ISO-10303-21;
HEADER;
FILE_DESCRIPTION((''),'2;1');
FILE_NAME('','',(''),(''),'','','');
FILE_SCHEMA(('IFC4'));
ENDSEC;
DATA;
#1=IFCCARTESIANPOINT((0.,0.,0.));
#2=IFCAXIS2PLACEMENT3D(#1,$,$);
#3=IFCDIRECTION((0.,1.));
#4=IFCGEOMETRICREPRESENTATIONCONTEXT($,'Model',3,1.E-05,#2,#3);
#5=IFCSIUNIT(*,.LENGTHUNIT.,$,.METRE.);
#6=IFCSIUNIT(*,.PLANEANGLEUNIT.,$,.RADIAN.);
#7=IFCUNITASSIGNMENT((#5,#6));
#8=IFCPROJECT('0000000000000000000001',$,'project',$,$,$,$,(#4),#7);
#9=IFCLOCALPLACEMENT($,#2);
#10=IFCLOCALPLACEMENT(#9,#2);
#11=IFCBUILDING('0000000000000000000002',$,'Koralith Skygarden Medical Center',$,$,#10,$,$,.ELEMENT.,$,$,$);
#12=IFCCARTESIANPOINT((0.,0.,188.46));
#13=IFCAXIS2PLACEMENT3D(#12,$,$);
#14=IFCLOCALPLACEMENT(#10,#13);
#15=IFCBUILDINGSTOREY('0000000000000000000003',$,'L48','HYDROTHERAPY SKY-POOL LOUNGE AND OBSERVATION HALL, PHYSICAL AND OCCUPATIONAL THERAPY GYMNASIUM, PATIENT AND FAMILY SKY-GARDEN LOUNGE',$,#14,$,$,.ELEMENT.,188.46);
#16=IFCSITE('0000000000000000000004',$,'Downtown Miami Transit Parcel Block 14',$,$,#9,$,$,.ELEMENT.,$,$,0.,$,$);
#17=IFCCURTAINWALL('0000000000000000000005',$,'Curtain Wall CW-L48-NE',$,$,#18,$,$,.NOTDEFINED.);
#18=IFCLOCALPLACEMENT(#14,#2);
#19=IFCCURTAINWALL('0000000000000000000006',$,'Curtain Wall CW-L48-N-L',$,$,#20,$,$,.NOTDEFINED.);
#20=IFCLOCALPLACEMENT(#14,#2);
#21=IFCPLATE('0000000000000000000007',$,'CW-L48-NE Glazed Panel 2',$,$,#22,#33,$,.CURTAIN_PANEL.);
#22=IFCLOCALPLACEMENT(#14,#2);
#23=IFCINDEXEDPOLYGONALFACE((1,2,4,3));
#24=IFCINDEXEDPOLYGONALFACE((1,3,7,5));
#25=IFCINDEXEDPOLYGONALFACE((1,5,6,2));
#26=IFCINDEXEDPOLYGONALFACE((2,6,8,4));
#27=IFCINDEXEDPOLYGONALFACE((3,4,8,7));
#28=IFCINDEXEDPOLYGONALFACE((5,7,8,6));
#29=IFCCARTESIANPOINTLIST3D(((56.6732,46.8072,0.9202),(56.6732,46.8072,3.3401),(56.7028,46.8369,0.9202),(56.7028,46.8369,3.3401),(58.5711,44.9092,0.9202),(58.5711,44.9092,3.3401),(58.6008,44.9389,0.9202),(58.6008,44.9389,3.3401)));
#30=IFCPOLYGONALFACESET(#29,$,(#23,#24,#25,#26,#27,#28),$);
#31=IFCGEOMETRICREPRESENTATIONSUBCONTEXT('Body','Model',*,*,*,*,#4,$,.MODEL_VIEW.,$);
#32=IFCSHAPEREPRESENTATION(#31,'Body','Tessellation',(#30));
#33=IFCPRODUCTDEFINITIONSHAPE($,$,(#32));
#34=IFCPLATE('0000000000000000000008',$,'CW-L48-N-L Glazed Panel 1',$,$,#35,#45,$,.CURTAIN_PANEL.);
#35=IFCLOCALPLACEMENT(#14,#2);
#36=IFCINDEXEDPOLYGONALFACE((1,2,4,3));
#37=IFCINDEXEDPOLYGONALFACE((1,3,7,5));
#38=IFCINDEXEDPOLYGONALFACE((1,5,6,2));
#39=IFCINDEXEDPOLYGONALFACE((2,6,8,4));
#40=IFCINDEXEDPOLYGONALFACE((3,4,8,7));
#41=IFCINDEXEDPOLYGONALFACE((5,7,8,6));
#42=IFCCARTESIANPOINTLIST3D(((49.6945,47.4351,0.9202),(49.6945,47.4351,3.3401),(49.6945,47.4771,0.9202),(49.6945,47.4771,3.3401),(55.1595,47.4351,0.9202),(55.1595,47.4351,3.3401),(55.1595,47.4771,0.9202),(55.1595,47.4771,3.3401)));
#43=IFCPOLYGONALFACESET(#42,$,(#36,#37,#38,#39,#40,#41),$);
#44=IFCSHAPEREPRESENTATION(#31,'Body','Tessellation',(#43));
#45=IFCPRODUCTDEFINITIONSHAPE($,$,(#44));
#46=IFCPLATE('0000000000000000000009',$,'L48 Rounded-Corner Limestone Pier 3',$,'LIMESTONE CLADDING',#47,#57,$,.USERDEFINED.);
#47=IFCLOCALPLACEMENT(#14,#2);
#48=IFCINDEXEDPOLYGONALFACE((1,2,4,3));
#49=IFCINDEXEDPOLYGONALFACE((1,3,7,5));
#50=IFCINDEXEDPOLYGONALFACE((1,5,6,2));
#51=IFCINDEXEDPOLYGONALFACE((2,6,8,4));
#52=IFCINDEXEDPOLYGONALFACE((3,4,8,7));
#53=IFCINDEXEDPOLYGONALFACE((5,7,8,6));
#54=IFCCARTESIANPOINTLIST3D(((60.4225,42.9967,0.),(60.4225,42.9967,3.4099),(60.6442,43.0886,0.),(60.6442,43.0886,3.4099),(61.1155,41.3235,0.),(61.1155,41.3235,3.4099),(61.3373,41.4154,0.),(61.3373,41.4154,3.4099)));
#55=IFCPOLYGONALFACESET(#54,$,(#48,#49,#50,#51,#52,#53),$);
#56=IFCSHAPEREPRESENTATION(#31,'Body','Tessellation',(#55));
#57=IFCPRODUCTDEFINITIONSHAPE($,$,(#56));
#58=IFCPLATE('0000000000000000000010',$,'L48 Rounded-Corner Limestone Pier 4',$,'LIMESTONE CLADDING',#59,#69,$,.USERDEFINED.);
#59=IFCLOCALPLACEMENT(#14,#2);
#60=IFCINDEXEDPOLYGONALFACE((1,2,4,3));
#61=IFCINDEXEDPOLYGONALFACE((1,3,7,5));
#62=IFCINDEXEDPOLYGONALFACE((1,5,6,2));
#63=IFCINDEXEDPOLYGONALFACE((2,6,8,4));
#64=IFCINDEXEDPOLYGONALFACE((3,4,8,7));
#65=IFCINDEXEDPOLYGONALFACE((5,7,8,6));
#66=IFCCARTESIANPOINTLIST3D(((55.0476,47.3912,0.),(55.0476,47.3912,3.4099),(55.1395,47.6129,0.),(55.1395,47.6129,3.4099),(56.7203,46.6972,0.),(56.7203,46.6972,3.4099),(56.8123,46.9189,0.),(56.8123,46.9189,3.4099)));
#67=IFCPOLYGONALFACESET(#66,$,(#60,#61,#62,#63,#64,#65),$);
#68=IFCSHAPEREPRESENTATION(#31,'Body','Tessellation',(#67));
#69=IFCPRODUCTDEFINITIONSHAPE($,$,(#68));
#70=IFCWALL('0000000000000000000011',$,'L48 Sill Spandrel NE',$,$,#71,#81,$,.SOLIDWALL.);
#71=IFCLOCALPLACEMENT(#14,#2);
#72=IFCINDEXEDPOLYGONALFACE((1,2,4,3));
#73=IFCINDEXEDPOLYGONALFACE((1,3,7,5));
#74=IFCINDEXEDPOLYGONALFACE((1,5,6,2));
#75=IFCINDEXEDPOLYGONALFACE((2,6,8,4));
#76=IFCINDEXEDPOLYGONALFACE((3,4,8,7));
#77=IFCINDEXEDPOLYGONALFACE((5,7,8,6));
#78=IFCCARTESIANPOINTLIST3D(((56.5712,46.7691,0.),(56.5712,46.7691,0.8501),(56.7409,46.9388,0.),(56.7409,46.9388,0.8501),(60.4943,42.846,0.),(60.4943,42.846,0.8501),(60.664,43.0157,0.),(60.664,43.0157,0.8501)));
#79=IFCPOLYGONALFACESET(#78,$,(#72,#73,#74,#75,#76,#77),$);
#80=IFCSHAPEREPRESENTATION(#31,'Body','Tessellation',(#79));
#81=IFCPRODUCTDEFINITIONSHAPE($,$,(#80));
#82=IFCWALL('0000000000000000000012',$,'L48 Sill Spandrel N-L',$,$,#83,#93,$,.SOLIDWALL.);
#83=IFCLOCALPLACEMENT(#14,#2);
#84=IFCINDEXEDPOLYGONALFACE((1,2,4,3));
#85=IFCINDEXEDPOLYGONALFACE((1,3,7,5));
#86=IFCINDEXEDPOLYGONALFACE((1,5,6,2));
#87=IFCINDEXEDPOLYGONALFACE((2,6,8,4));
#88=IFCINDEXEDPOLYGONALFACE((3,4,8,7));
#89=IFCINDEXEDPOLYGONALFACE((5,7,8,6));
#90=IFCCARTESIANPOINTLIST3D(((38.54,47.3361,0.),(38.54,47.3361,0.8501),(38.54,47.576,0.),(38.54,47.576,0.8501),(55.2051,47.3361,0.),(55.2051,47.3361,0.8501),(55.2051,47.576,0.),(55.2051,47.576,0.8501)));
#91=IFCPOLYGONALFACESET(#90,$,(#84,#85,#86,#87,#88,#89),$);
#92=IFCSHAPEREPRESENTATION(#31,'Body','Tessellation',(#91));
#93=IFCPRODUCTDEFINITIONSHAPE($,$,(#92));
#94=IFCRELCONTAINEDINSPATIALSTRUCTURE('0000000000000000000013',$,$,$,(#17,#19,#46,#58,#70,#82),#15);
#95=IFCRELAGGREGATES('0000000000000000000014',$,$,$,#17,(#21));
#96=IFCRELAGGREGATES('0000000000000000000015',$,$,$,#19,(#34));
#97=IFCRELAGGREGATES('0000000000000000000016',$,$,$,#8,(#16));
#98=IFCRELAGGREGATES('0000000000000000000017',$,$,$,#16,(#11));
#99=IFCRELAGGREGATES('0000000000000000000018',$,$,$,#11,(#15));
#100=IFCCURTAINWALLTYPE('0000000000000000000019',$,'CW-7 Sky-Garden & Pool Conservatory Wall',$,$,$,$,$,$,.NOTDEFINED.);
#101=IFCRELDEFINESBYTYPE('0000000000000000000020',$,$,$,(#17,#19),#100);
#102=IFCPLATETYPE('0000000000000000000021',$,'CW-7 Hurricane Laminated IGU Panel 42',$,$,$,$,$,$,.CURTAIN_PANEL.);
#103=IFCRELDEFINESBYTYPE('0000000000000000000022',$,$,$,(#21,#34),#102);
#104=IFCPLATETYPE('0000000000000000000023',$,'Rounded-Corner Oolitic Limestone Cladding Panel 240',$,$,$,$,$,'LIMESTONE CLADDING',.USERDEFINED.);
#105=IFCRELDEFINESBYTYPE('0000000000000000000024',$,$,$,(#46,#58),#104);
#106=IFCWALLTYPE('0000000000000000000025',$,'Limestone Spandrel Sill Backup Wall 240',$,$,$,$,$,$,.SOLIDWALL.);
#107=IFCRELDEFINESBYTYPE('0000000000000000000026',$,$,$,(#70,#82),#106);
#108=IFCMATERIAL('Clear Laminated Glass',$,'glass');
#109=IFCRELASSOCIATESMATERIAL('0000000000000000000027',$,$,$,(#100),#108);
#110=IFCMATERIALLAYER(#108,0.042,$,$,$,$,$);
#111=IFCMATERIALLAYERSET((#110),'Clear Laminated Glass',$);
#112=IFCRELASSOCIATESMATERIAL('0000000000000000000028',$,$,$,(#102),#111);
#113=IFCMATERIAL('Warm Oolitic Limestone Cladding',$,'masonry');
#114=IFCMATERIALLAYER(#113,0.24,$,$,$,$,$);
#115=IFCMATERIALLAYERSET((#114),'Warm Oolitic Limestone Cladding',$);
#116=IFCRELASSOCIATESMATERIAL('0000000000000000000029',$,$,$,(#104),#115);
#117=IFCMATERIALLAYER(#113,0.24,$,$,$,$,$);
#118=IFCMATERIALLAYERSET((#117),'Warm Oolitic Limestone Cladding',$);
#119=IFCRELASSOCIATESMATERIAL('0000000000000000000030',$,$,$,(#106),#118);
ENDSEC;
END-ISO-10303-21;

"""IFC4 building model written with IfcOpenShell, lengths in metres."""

from ifc_helpers import new_model, si_unit, direction, frame, frame_2d, origin, origin_2d, place, context, subcontext, project, spatial, rectangle, extrude, material, layer, layer_set, type_object, element, aggregate, save


model = new_model("IFC4")

# Units and contexts
model_context = context("Model", 3, precision=1e-05, world=origin(), true_north=direction((0.0, 1.0)))
body_context = subcontext(model_context, "Body", "Model", "MODEL_VIEW")
ifc_project = project(units=[si_unit("LENGTHUNIT", "METRE"), si_unit("PLANEANGLEUNIT", "RADIAN")], contexts=[model_context])

# Site, building, storey
site_placement = place(None, origin())
site = spatial("IfcSite", under=ifc_project, at=site_placement, Name="Downtown Miami Transit Parcel Block 14", CompositionType="ELEMENT", RefElevation=0.0)
building_placement = place(site_placement, origin())
building = spatial("IfcBuilding", under=site, at=building_placement, Name="Koralith Skygarden Medical Center", CompositionType="ELEMENT")
storey_placement = place(building_placement, frame((0.0, 0.0, 188.46)))
storey = spatial("IfcBuildingStorey", under=building, at=storey_placement, Name="L48", Description="HYDROTHERAPY SKY-POOL LOUNGE AND OBSERVATION HALL, PHYSICAL AND OCCUPATIONAL THERAPY GYMNASIUM, PATIENT AND FAMILY SKY-GARDEN LOUNGE", CompositionType="ELEMENT", Elevation=188.46)

# Curtain walls
ifc_material_1 = material(Name="Clear Laminated Glass", Category="glass")
curtain_wall_type = type_object("IfcCurtainWallType", Name="CW-7 Sky-Garden & Pool Conservatory Wall", PredefinedType="NOTDEFINED", material=ifc_material_1)
curtain_wall_1_placement = place(storey_placement, origin())
curtain_wall_1 = element("IfcCurtainWall", 1, at=curtain_wall_1_placement, inside=storey, type_object=curtain_wall_type, Name="Curtain Wall CW-L48-NE", PredefinedType="NOTDEFINED")
curtain_wall_2_placement = place(storey_placement, origin())
curtain_wall_2 = element("IfcCurtainWall", 2, at=curtain_wall_2_placement, inside=storey, type_object=curtain_wall_type, Name="Curtain Wall CW-L48-N-L", PredefinedType="NOTDEFINED")

# Plates
ifc_layer_1 = layer(ifc_material_1, 0.042)
ifc_layer_set_1 = layer_set([ifc_layer_1], Name="Clear Laminated Glass")
plate_type_1 = type_object("IfcPlateType", Name="CW-7 Hurricane Laminated IGU Panel 42", PredefinedType="CURTAIN_PANEL", material=ifc_layer_set_1)
plate_1_placement = place(storey_placement, frame((57.637, 45.873, 0.9202), z_axis=(0.0, 0.0, 1.0), x_axis=(-0.707107, 0.707107, 0.0)))
plate_1 = element("IfcPlate", 3, at=plate_1_placement, type_object=plate_type_1, Name="CW-L48-NE Glazed Panel 2", PredefinedType="CURTAIN_PANEL", context=body_context, shape_type="SweptSolid", body=[
    extrude(rectangle(XDim=2.6841, YDim=0.042, at=origin_2d()), origin(), (0.0, 0.0, 1.0), 2.4199),
])
aggregate(curtain_wall_1, [plate_1])
plate_2_placement = place(storey_placement, frame((52.427, 47.4561, 0.9202), z_axis=(0.0, 0.0, 1.0), x_axis=(-1.0, 0.0, 0.0)))
plate_2 = element("IfcPlate", 4, at=plate_2_placement, type_object=plate_type_1, Name="CW-L48-N-L Glazed Panel 1", PredefinedType="CURTAIN_PANEL", context=body_context, shape_type="SweptSolid", body=[
    extrude(rectangle(XDim=5.4651, YDim=0.042, at=origin_2d()), origin(), (0.0, 0.0, 1.0), 2.4199),
])
aggregate(curtain_wall_2, [plate_2])

# Plates
ifc_material_2 = material(Name="Warm Oolitic Limestone Cladding", Category="masonry")
ifc_layer_2 = layer(ifc_material_2, 0.24)
ifc_layer_set_2 = layer_set([ifc_layer_2], Name="Warm Oolitic Limestone Cladding")
plate_type_2 = type_object("IfcPlateType", Name="Rounded-Corner Oolitic Limestone Cladding Panel 240", ElementType="LIMESTONE CLADDING", PredefinedType="USERDEFINED", material=ifc_layer_set_2)
for number, where, z_axis, x_axis, name in (
    (5, (60.8799, 42.2061, 0.0), (0.0, 0.0, 1.0), (-0.382671, 0.923885, 0.0), "L48 Rounded-Corner Limestone Pier 3"),
    (6, (55.9299, 47.155, 0.0), (0.0, 0.0, 1.0), (-0.92366, 0.383214, 0.0), "L48 Rounded-Corner Limestone Pier 4"),
):
    element("IfcPlate", number, at=place(storey_placement, frame(where, z_axis=z_axis, x_axis=x_axis)), inside=storey, type_object=plate_type_2, Name=name, ObjectType="LIMESTONE CLADDING", PredefinedType="USERDEFINED", context=body_context, shape_type="SweptSolid", body=[
        extrude(rectangle(XDim=1.811, YDim=0.24, at=origin_2d()), origin(), (0.0, 0.0, 1.0), 3.4099),
    ])

# Walls
ifc_layer_3 = layer(ifc_material_2, 0.24)
ifc_layer_set_3 = layer_set([ifc_layer_3], Name="Warm Oolitic Limestone Cladding")
wall_type = type_object("IfcWallType", Name="Limestone Spandrel Sill Backup Wall 240", PredefinedType="SOLIDWALL", material=ifc_layer_set_3)
wall_1_placement = place(storey_placement, frame((60.5791, 42.9309, 0.0), z_axis=(0.0, 0.0, 1.0), x_axis=(-0.707107, 0.707107, 0.0)))
element("IfcWall", 7, at=wall_1_placement, inside=storey, type_object=wall_type, Name="L48 Sill Spandrel NE", PredefinedType="SOLIDWALL", context=body_context, shape_type="SweptSolid", body=[
    extrude(rectangle(XDim=5.5481, YDim=0.24, at=frame_2d((2.7739, 0.0))), origin(), (0.0, 0.0, 1.0), 0.8501),
])
wall_2_placement = place(storey_placement, frame((55.2051, 47.4561, 0.0), z_axis=(0.0, 0.0, 1.0), x_axis=(-1.0, 0.0, 0.0)))
element("IfcWall", 8, at=wall_2_placement, inside=storey, type_object=wall_type, Name="L48 Sill Spandrel N-L", PredefinedType="SOLIDWALL", context=body_context, shape_type="SweptSolid", body=[
    extrude(rectangle(XDim=16.665, YDim=0.24, at=frame_2d((8.3325, 0.0))), origin(), (0.0, 0.0, 1.0), 0.8501),
])

save(model, "model.ifc")
